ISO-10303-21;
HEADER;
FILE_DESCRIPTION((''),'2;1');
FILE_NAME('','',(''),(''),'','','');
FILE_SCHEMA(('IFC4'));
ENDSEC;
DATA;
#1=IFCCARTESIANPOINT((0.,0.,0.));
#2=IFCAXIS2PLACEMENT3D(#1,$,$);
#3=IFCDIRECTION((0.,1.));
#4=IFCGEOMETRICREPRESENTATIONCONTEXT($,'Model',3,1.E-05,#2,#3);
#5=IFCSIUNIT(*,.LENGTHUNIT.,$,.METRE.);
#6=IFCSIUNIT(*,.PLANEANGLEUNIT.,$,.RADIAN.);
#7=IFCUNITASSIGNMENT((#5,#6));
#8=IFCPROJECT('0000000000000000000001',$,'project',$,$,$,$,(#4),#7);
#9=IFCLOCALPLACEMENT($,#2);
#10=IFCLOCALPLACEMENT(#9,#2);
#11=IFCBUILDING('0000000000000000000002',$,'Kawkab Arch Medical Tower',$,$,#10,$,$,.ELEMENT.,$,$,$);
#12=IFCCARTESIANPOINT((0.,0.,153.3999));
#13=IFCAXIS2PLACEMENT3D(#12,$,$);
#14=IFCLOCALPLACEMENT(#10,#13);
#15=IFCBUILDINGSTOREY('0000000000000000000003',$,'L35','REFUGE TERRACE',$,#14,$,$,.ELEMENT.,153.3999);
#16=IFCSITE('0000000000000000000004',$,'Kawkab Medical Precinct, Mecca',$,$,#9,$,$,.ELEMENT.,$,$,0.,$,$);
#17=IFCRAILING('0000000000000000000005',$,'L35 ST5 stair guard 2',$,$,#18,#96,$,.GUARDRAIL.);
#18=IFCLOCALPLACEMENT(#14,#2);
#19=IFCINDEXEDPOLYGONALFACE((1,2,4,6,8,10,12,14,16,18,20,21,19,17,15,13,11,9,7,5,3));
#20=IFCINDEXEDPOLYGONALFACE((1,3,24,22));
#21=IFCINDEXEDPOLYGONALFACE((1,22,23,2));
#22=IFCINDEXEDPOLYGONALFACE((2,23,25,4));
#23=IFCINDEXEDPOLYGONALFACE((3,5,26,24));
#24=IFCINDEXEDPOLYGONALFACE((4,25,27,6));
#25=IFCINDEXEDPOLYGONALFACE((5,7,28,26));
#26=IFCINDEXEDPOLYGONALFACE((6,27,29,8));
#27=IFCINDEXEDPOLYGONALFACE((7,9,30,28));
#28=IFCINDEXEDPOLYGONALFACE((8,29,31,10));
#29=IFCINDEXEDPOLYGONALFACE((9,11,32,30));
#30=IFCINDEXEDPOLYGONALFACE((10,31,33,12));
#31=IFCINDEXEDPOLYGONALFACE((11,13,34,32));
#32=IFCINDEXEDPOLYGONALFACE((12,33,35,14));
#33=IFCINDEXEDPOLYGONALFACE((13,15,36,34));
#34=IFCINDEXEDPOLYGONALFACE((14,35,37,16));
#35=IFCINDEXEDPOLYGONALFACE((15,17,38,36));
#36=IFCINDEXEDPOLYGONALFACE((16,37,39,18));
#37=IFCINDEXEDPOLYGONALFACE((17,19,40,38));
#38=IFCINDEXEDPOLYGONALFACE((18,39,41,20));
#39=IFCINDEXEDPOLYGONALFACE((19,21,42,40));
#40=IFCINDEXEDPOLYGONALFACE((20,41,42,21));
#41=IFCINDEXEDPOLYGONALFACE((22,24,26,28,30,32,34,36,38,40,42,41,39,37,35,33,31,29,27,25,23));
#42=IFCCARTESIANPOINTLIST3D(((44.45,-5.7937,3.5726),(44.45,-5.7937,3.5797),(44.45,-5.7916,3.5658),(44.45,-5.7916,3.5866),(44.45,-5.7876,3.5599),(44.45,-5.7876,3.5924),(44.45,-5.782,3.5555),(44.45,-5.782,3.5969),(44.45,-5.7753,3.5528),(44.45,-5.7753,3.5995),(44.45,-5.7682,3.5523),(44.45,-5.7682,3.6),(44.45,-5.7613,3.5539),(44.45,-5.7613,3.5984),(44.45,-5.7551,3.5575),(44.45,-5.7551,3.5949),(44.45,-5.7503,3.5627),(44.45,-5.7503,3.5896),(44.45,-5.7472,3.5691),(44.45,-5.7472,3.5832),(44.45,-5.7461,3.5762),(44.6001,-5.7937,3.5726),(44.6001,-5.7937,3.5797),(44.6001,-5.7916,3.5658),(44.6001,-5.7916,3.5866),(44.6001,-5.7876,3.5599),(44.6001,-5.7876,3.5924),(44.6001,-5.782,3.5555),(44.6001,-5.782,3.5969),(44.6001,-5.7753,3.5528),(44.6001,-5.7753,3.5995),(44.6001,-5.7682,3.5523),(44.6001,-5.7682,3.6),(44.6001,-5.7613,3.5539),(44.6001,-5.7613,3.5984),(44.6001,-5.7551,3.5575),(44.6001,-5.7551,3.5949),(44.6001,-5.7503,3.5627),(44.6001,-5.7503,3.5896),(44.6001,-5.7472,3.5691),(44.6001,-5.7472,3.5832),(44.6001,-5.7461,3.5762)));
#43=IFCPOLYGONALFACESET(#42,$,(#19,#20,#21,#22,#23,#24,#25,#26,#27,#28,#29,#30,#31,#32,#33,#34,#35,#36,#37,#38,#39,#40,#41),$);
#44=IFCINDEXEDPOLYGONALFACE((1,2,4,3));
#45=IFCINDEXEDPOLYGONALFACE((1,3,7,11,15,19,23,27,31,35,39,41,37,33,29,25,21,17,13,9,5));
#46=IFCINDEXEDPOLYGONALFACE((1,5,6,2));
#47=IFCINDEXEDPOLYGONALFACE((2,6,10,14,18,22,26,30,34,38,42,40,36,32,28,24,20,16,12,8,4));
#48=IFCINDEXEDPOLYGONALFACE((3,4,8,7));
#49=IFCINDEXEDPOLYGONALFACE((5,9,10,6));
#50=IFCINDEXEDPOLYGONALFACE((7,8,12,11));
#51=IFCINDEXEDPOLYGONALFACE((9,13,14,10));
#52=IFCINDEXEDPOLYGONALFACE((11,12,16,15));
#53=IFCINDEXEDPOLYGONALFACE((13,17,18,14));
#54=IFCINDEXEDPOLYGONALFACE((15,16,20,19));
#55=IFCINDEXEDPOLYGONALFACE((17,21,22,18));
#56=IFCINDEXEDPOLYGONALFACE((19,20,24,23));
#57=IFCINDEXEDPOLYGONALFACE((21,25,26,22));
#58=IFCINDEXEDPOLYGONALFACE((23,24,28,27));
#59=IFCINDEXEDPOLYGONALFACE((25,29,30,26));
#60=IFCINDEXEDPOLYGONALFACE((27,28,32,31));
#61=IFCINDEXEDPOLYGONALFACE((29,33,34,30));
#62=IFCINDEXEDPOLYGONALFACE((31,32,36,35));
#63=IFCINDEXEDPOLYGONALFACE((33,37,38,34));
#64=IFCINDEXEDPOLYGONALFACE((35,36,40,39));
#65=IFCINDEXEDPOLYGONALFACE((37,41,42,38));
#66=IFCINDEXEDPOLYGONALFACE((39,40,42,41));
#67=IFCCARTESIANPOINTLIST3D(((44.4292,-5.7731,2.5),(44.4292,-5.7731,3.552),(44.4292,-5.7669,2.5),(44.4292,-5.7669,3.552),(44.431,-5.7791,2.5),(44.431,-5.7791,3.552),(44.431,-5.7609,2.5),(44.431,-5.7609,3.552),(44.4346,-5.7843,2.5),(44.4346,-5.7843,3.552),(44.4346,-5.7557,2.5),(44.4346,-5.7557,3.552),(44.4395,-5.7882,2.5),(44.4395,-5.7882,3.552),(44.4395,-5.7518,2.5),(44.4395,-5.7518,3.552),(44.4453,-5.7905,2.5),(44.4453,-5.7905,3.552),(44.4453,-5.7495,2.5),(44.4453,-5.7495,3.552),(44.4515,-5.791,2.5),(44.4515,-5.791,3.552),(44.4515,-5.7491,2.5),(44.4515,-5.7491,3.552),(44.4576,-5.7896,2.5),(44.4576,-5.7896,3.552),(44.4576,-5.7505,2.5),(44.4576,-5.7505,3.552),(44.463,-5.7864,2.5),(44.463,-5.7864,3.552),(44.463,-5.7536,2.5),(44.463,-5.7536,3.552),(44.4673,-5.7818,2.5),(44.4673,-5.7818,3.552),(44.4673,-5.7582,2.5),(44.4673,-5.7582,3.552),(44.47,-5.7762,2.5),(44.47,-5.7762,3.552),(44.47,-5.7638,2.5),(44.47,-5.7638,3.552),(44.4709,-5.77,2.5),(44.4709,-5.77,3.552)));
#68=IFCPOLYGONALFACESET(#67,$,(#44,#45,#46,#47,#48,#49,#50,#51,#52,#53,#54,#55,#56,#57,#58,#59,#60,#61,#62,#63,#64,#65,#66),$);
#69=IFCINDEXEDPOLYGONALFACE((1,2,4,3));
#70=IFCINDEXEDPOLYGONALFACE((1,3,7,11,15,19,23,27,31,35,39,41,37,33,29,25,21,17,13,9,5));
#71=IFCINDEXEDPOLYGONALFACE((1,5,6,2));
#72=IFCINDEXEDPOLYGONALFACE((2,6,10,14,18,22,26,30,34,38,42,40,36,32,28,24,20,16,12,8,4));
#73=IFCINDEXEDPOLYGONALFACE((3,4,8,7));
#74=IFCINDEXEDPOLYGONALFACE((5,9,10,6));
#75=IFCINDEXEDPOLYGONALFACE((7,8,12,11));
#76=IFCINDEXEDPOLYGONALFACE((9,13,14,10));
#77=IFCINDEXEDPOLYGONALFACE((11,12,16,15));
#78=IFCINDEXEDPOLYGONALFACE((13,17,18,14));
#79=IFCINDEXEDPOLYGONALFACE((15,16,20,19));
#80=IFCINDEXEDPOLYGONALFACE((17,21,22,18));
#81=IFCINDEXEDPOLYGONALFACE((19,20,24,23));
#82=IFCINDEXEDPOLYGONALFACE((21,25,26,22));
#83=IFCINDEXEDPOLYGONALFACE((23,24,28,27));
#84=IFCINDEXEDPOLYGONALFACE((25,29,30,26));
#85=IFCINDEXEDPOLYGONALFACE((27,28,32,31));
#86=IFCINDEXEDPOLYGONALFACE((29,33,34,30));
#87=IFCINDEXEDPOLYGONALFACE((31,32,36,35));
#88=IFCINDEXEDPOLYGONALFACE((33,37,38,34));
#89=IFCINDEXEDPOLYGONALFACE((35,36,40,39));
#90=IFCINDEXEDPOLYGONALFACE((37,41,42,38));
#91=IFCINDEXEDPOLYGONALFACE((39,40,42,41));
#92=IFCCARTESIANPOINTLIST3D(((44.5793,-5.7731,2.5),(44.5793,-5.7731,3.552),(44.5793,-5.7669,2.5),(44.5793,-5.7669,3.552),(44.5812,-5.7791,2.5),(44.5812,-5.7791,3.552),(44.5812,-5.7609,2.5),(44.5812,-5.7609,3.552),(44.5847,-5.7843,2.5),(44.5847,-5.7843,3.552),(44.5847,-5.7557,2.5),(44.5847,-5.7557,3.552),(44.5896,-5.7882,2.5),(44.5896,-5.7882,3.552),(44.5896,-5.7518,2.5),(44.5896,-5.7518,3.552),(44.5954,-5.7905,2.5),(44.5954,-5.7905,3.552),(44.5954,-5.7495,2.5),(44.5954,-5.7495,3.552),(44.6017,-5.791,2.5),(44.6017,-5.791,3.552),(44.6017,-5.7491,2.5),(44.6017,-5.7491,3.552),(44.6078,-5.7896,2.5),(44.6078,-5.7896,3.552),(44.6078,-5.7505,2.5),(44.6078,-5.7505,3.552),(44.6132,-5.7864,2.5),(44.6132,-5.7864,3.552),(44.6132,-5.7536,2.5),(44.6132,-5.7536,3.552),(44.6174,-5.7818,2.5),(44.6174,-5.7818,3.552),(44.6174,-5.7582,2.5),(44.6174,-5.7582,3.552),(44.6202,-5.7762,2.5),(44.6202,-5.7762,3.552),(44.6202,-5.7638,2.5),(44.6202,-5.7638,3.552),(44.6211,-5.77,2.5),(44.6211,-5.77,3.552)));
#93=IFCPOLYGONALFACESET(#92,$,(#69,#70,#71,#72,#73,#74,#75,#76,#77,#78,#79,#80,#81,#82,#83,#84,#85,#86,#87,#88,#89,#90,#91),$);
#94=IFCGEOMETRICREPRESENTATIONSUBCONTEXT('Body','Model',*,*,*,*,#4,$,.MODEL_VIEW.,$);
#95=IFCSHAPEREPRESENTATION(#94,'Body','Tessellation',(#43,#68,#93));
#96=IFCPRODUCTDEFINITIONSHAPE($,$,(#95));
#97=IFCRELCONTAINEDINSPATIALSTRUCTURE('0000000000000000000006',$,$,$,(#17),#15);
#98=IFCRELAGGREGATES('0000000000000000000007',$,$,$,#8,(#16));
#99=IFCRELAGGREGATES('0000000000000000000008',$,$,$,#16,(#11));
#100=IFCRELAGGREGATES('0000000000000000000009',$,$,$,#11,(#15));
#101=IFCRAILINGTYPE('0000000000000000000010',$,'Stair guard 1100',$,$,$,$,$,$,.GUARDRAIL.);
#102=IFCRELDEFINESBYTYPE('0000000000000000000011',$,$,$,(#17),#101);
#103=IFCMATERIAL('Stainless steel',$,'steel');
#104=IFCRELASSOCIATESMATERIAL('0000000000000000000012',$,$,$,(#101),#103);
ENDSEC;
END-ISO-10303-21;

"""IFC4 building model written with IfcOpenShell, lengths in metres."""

from ifc_helpers import new_model, si_unit, direction, frame, origin, origin_2d, place, context, subcontext, project, spatial, circle, extrude, material, type_object, element, save


model = new_model("IFC4")

# Units and contexts
model_context = context("Model", 3, precision=1e-05, world=origin(), true_north=direction((0.0, 1.0)))
body_context = subcontext(model_context, "Body", "Model", "MODEL_VIEW")
ifc_project = project(units=[si_unit("LENGTHUNIT", "METRE"), si_unit("PLANEANGLEUNIT", "RADIAN")], contexts=[model_context])

# Site, building, storey
site_placement = place(None, origin())
site = spatial("IfcSite", under=ifc_project, at=site_placement, Name="Kawkab Medical Precinct, Mecca", CompositionType="ELEMENT", RefElevation=0.0)
building_placement = place(site_placement, origin())
building = spatial("IfcBuilding", under=site, at=building_placement, Name="Kawkab Arch Medical Tower", CompositionType="ELEMENT")
storey_placement = place(building_placement, frame((0.0, 0.0, 153.3999)))
storey = spatial("IfcBuildingStorey", under=building, at=storey_placement, Name="L35", Description="REFUGE TERRACE", CompositionType="ELEMENT", Elevation=153.3999)

# Railing
ifc_material_1 = material(Name="Stainless steel", Category="steel")
railing_type_1 = type_object("IfcRailingType", Name="Stair guard 1100", PredefinedType="GUARDRAIL", material=ifc_material_1)
railing_1_placement = place(storey_placement, frame((44.45, -5.77, 2.5)))
element("IfcRailing", 1, at=railing_1_placement, inside=storey, type_object=railing_type_1, Name="L35 ST5 stair guard 2", PredefinedType="GUARDRAIL", context=body_context, shape_type="SweptSolid", body=[
    extrude(circle(Radius=0.0239, at=origin_2d()), frame((0.0, 0.0, 1.0762), z_axis=(1.0, 0.0, 0.0), x_axis=(0.0, 1.0, 0.0)), (0.0, 0.0, 1.0), 0.1501),
    extrude(circle(Radius=0.021, at=origin_2d()), origin(), (0.0, 0.0, 1.0), 1.052),
    extrude(circle(Radius=0.021, at=origin_2d()), frame((0.1501, 0.0, 0.0)), (0.0, 0.0, 1.0), 1.052),
])

save(model, "model.ifc")
